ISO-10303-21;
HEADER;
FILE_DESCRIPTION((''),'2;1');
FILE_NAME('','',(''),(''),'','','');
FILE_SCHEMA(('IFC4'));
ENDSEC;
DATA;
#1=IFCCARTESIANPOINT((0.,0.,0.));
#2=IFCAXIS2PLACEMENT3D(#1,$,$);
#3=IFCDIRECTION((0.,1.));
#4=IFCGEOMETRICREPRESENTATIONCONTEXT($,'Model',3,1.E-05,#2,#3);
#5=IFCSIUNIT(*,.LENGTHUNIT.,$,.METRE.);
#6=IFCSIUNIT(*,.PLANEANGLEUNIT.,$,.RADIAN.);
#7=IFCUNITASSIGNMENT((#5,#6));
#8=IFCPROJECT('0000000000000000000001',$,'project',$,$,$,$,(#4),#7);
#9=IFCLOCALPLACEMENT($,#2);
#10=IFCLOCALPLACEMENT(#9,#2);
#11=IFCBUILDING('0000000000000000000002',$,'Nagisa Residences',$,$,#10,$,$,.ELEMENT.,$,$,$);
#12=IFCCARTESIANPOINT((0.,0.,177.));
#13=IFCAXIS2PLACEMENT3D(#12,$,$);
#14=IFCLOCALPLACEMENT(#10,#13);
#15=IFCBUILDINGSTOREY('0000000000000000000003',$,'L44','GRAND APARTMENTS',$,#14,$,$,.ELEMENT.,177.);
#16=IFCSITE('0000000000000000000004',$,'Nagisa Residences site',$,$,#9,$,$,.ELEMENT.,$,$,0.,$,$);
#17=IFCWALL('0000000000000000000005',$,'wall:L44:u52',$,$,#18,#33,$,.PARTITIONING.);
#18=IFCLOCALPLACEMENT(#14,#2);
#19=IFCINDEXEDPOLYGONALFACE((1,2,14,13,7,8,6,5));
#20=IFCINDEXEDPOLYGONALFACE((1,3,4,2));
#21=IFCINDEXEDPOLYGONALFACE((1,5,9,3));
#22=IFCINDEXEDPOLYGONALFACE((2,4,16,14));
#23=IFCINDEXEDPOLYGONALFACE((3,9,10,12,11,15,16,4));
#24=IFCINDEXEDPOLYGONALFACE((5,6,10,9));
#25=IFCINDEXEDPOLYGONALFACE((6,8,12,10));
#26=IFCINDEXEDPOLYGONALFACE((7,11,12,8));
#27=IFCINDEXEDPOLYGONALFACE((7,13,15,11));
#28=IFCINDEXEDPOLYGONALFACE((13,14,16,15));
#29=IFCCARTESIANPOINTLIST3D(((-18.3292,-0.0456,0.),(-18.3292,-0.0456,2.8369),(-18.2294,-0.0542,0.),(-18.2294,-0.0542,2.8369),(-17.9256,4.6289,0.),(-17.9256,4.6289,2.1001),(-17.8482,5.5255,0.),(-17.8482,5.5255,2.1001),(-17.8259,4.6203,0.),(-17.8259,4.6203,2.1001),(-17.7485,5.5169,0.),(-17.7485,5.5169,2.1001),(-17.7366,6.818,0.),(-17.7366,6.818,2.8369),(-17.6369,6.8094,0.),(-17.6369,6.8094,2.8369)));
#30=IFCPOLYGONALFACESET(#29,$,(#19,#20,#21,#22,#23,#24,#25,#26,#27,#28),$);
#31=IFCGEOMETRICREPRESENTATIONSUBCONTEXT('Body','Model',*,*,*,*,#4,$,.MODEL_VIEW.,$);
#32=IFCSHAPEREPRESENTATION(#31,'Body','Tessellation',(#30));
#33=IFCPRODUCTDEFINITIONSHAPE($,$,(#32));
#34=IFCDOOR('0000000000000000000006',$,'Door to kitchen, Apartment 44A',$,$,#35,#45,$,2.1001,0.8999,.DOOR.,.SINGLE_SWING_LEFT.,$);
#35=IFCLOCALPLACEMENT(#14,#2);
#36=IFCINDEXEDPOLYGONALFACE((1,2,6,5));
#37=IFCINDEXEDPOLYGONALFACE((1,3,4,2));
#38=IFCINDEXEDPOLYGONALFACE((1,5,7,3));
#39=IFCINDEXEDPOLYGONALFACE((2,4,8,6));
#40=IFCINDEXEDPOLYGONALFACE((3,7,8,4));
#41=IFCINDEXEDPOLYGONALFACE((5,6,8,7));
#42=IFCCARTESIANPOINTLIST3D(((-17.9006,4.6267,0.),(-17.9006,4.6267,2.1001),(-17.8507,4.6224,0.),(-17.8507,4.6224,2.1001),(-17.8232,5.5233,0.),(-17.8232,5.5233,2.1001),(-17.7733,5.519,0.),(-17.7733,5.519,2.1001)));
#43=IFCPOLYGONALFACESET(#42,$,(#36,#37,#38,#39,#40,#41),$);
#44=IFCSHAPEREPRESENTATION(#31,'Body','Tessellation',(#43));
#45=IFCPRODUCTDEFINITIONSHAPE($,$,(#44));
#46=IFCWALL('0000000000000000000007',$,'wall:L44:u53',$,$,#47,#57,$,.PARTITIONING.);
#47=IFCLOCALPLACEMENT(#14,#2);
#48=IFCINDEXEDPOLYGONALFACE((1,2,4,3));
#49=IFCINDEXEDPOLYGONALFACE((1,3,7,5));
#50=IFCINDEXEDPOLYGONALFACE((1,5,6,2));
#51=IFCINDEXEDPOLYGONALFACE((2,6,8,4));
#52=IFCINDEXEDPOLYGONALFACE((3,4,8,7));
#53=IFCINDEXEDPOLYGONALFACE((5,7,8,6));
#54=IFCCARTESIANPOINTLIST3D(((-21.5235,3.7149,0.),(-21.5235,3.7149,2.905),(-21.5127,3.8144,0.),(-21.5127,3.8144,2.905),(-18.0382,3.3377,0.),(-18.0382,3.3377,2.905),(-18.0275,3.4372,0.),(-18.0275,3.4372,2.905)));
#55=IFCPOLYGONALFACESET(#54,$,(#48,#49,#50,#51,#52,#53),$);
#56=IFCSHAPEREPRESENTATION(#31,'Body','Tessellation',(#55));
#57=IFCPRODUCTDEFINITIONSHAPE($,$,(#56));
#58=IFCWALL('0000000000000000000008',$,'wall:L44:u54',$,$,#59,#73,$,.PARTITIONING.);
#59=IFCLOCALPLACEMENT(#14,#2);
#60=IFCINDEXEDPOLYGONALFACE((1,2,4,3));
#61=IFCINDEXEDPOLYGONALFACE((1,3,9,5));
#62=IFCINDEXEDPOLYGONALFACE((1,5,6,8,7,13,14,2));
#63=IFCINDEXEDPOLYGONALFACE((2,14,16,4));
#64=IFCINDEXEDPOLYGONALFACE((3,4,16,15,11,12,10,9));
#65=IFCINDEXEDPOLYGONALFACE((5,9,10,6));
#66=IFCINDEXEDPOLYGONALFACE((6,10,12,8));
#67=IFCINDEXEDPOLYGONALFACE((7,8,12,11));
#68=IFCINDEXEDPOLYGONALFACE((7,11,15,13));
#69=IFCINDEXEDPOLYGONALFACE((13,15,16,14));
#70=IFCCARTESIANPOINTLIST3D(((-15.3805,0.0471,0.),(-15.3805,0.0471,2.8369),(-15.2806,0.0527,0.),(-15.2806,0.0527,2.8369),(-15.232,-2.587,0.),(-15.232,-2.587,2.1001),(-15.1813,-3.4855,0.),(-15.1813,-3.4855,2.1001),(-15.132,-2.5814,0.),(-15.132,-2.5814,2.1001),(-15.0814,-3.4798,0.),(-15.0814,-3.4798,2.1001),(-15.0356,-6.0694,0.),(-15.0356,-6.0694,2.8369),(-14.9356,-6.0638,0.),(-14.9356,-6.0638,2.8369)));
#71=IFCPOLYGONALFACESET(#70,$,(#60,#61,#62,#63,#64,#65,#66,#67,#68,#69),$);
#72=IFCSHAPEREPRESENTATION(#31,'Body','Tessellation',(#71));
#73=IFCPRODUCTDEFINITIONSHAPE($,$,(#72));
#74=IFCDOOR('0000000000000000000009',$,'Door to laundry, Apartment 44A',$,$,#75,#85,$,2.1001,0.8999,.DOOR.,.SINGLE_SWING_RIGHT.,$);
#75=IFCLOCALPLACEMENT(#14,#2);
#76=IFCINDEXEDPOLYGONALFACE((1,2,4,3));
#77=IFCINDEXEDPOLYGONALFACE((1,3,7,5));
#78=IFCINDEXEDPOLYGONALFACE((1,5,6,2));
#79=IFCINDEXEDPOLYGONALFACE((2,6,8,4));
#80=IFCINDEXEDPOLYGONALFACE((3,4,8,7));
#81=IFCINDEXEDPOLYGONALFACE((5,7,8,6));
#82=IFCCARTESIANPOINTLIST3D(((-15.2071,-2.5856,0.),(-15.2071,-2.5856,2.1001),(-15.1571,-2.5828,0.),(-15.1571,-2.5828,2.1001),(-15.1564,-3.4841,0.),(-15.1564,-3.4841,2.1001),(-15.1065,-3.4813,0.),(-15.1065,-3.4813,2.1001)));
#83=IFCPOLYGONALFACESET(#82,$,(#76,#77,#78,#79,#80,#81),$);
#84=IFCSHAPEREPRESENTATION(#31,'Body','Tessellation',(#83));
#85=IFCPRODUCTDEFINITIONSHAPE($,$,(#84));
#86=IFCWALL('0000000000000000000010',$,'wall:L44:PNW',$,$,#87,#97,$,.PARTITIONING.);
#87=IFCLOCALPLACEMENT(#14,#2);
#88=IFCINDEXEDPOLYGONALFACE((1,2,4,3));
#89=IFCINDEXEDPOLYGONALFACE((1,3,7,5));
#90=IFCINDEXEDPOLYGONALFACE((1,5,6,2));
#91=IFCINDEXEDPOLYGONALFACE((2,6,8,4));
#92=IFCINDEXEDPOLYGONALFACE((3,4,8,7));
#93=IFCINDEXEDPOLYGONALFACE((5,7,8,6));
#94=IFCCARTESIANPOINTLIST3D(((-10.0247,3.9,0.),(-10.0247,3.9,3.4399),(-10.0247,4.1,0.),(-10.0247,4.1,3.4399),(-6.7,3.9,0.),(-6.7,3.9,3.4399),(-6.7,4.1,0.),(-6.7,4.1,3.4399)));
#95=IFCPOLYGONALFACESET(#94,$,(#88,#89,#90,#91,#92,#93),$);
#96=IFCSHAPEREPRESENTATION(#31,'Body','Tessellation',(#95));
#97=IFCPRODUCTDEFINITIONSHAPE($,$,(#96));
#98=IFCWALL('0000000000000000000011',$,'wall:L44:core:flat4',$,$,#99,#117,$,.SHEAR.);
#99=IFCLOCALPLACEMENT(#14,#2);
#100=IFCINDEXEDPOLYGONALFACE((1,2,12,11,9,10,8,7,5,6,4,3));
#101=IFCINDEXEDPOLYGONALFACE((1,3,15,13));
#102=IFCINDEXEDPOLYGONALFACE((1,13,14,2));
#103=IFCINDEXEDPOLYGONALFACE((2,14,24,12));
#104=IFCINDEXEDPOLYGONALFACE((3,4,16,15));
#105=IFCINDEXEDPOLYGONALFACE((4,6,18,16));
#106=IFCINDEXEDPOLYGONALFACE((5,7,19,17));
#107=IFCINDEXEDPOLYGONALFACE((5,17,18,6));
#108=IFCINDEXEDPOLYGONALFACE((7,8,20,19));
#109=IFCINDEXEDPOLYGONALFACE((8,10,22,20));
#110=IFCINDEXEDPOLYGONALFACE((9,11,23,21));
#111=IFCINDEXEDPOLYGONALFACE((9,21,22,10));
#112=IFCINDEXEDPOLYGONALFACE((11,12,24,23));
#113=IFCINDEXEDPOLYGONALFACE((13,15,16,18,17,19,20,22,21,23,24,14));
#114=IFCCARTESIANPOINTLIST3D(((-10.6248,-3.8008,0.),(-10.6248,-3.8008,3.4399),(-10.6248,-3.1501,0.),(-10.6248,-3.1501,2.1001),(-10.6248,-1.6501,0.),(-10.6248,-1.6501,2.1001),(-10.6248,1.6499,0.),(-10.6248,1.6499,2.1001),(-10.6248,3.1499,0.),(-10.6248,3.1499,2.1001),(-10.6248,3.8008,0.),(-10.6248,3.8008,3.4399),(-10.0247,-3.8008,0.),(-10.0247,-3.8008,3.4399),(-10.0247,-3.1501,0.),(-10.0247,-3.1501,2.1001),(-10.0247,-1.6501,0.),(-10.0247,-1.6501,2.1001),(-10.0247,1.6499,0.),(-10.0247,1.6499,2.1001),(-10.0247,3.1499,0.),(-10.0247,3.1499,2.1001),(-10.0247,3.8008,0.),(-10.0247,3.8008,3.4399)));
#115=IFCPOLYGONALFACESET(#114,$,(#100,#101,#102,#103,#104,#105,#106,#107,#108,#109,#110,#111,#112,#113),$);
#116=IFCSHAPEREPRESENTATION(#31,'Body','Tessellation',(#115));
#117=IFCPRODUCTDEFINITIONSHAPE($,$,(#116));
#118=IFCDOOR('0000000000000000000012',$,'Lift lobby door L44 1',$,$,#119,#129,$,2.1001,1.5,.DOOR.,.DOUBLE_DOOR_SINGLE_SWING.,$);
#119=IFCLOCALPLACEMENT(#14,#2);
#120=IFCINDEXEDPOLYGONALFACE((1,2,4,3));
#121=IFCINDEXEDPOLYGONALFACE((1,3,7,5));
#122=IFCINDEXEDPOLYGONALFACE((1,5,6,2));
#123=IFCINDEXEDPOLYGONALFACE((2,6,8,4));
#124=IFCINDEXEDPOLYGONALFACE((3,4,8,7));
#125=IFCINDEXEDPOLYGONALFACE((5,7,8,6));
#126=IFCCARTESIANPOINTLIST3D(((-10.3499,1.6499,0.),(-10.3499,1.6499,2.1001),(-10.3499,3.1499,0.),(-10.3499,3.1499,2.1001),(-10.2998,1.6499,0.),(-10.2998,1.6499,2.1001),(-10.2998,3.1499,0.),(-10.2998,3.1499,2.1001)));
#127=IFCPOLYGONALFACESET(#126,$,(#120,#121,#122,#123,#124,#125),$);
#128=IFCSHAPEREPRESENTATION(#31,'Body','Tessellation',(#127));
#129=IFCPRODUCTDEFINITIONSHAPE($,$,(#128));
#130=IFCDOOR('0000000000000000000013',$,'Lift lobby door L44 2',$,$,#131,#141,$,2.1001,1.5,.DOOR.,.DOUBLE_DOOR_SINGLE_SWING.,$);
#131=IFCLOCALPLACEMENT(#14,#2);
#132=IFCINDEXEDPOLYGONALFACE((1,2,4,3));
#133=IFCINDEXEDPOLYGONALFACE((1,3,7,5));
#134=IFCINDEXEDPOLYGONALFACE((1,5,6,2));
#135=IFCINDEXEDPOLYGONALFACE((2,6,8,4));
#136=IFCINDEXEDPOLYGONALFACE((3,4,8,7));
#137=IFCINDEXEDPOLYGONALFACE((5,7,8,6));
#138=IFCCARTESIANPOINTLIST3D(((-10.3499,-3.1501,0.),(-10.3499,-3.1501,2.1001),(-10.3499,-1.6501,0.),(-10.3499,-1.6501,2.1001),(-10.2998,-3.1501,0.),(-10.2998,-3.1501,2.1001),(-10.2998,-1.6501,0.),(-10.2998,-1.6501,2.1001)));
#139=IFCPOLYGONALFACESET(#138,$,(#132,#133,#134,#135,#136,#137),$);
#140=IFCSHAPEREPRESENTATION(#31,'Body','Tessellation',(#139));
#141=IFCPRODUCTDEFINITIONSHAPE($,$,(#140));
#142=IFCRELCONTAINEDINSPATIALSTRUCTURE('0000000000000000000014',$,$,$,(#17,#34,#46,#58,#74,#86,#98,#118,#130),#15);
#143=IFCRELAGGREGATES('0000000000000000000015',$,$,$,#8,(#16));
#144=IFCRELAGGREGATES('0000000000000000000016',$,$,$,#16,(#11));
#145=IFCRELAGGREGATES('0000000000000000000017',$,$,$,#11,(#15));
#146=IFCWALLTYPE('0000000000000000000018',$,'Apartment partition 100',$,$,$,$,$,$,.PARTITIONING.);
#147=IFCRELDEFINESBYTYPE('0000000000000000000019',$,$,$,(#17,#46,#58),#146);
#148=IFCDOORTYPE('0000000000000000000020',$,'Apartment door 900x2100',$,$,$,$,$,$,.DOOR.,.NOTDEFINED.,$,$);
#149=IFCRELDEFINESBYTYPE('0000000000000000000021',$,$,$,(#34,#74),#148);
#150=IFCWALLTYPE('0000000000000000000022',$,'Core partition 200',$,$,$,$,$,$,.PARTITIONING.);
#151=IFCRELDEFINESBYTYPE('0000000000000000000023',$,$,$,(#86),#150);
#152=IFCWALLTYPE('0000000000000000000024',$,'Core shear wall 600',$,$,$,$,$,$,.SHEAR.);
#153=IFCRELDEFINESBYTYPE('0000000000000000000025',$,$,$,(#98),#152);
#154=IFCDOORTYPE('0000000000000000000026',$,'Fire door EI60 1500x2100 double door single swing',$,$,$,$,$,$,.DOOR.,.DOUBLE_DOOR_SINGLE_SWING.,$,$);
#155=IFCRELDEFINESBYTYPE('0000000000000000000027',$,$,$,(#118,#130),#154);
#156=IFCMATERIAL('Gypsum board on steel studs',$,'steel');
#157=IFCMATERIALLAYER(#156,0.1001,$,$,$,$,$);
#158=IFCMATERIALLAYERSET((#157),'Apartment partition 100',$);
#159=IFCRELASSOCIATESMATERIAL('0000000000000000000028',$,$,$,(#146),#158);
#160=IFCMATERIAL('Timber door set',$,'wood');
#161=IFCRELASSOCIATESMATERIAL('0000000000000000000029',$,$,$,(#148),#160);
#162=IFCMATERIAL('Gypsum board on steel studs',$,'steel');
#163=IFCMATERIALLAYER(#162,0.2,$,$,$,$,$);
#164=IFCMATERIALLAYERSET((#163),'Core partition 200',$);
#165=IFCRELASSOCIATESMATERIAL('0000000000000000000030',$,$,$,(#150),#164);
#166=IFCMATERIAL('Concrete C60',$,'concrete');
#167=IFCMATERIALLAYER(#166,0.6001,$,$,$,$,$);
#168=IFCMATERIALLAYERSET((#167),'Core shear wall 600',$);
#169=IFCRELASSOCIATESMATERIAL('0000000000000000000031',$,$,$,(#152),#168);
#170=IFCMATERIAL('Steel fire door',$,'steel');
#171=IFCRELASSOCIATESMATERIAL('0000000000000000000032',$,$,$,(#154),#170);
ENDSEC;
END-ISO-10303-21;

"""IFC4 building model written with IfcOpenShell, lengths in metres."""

from ifc_helpers import new_model, si_unit, direction, frame, frame_2d, origin, place, context, subcontext, project, spatial, rectangle, extrude, material, layer, layer_set, type_object, element, fill, save


model = new_model("IFC4")

# Units and contexts
model_context = context("Model", 3, precision=1e-05, world=origin(), true_north=direction((0.0, 1.0)))
body_context = subcontext(model_context, "Body", "Model", "MODEL_VIEW")
ifc_project = project(units=[si_unit("LENGTHUNIT", "METRE"), si_unit("PLANEANGLEUNIT", "RADIAN")], contexts=[model_context])

# Site, building, storey
site_placement = place(None, origin())
site = spatial("IfcSite", under=ifc_project, at=site_placement, Name="Nagisa Residences site", CompositionType="ELEMENT", RefElevation=0.0)
building_placement = place(site_placement, origin())
building = spatial("IfcBuilding", under=site, at=building_placement, Name="Nagisa Residences", CompositionType="ELEMENT")
storey_placement = place(building_placement, frame((0.0, 0.0, 177.0)))
storey = spatial("IfcBuildingStorey", under=building, at=storey_placement, Name="L44", Description="GRAND APARTMENTS", CompositionType="ELEMENT", Elevation=177.0)

# Shared definitions
ifc_material_1 = material(Name="Gypsum board on steel studs", Category="steel")
ifc_layer_1 = layer(ifc_material_1, 0.1001)
ifc_layer_set_1 = layer_set([ifc_layer_1], Name="Apartment partition 100")
wall_type_1 = type_object("IfcWallType", Name="Apartment partition 100", PredefinedType="PARTITIONING", material=ifc_layer_set_1)
ifc_material_2 = material(Name="Timber door set", Category="wood")
door_type_1 = type_object("IfcDoorType", Name="Apartment door 900x2100", OperationType="NOTDEFINED", PredefinedType="DOOR", material=ifc_material_2)

# Wall, opening, door
wall_1_placement = place(storey_placement, frame((-17.6868, 6.8137, 0.0), z_axis=(0.0, 0.0, 1.0), x_axis=(-0.08601, -0.996294, 0.0)))
wall_1 = element("IfcWall", 1, at=wall_1_placement, inside=storey, type_object=wall_type_1, Name="wall:L44:u52", PredefinedType="PARTITIONING", context=body_context, shape_type="SweptSolid", body=[
    extrude(rectangle(XDim=6.8892, YDim=0.1001, at=frame_2d((3.4446, 0.0))), origin(), (0.0, 0.0, 1.0), 2.8369),
])
opening_1_placement = place(wall_1_placement, frame((1.2974, 0.0, 0.0)))
opening_1 = element("IfcOpeningElement", 2, at=opening_1_placement, cuts=wall_1, PredefinedType="OPENING", context=body_context, shape_type="SweptSolid", body=[
    extrude(rectangle(XDim=0.8999, YDim=2.1001, at=frame_2d((0.45, 1.05))), frame((0.0, 0.0601, 0.0), z_axis=(0.0, -1.0, 0.0), x_axis=(1.0, 0.0, 0.0)), (0.0, 0.0, 1.0), 0.1201),
])
door_1_placement = place(opening_1_placement, frame((0.8999, 0.0, 0.0), x_axis=(-1.0, 0.0, 0.0)))
door_1 = element("IfcDoor", 3, at=door_1_placement, inside=storey, type_object=door_type_1, Name="Door to kitchen, Apartment 44A", OperationType="SINGLE_SWING_LEFT", OverallHeight=2.1001, OverallWidth=0.8999, PredefinedType="DOOR", context=body_context, shape_type="SweptSolid", body=[
    extrude(rectangle(XDim=0.8999, YDim=2.1001, at=frame_2d((0.45, 1.05))), frame((0.0, 0.0249, 0.0), z_axis=(0.0, -1.0, 0.0), x_axis=(1.0, 0.0, 0.0)), (0.0, 0.0, 1.0), 0.05),
])
fill(opening_1, door_1)

# Wall
wall_2_placement = place(storey_placement, frame((-18.0327, 3.3875, 0.0), z_axis=(0.0, 0.0, 1.0), x_axis=(-0.994195, 0.107595, 0.0)))
element("IfcWall", 4, at=wall_2_placement, inside=storey, type_object=wall_type_1, Name="wall:L44:u53", PredefinedType="PARTITIONING", context=body_context, shape_type="SweptSolid", body=[
    extrude(rectangle(XDim=3.5056, YDim=0.1001, at=frame_2d((1.7529, 0.0))), origin(), (0.0, 0.0, 1.0), 2.905),
])

# Wall, opening, door
wall_3_placement = place(storey_placement, frame((-15.3306, 0.0498, 0.0), z_axis=(0.0, 0.0, 1.0), x_axis=(0.056311, -0.998413, 0.0)))
wall_3 = element("IfcWall", 5, at=wall_3_placement, inside=storey, type_object=wall_type_1, Name="wall:L44:u54", PredefinedType="PARTITIONING", context=body_context, shape_type="SweptSolid", body=[
    extrude(rectangle(XDim=6.1262, YDim=0.1001, at=frame_2d((3.063, 0.0))), origin(), (0.0, 0.0, 1.0), 2.8369),
])
opening_2_placement = place(wall_3_placement, frame((2.6382, 0.0, 0.0)))
opening_2 = element("IfcOpeningElement", 6, at=opening_2_placement, cuts=wall_3, PredefinedType="OPENING", context=body_context, shape_type="SweptSolid", body=[
    extrude(rectangle(XDim=0.8999, YDim=2.1001, at=frame_2d((0.45, 1.05))), frame((0.0, 0.0601, 0.0), z_axis=(0.0, -1.0, 0.0), x_axis=(1.0, 0.0, 0.0)), (0.0, 0.0, 1.0), 0.1201),
])
door_2_placement = place(opening_2_placement, origin())
door_2 = element("IfcDoor", 7, at=door_2_placement, inside=storey, type_object=door_type_1, Name="Door to laundry, Apartment 44A", OperationType="SINGLE_SWING_RIGHT", OverallHeight=2.1001, OverallWidth=0.8999, PredefinedType="DOOR", context=body_context, shape_type="SweptSolid", body=[
    extrude(rectangle(XDim=0.8999, YDim=2.1001, at=frame_2d((0.45, 1.05))), frame((0.0, 0.0249, 0.0), z_axis=(0.0, -1.0, 0.0), x_axis=(1.0, 0.0, 0.0)), (0.0, 0.0, 1.0), 0.05),
])
fill(opening_2, door_2)

# Wall
ifc_material_3 = material(Name="Gypsum board on steel studs", Category="steel")
ifc_layer_2 = layer(ifc_material_3, 0.2)
ifc_layer_set_2 = layer_set([ifc_layer_2], Name="Core partition 200")
wall_type_2 = type_object("IfcWallType", Name="Core partition 200", PredefinedType="PARTITIONING", material=ifc_layer_set_2)
wall_4_placement = place(storey_placement, frame((-10.0247, 4.0, 0.0), z_axis=(0.0, 0.0, 1.0), x_axis=(1.0, 0.0, 0.0)))
element("IfcWall", 8, at=wall_4_placement, inside=storey, type_object=wall_type_2, Name="wall:L44:PNW", PredefinedType="PARTITIONING", context=body_context, shape_type="SweptSolid", body=[
    extrude(rectangle(XDim=3.3247, YDim=0.2, at=frame_2d((1.6624, 0.0))), origin(), (0.0, 0.0, 1.0), 3.4399),
])

# Wall, openings, doors
ifc_material_4 = material(Name="Concrete C60", Category="concrete")
ifc_layer_3 = layer(ifc_material_4, 0.6001)
ifc_layer_set_3 = layer_set([ifc_layer_3], Name="Core shear wall 600")
wall_type_3 = type_object("IfcWallType", Name="Core shear wall 600", PredefinedType="SHEAR", material=ifc_layer_set_3)
wall_5_placement = place(storey_placement, frame((-10.3247, 3.8008, 0.0), z_axis=(0.0, 0.0, 1.0), x_axis=(0.0, -1.0, 0.0)))
wall_5 = element("IfcWall", 9, at=wall_5_placement, inside=storey, type_object=wall_type_3, Name="wall:L44:core:flat4", PredefinedType="SHEAR", context=body_context, shape_type="SweptSolid", body=[
    extrude(rectangle(XDim=7.6016, YDim=0.6001, at=frame_2d((3.8008, 0.0))), origin(), (0.0, 0.0, 1.0), 3.4399),
])
opening_3_placement = place(wall_5_placement, frame((0.6509, 0.0, 0.0)))
opening_3 = element("IfcOpeningElement", 10, at=opening_3_placement, cuts=wall_5, PredefinedType="OPENING", context=body_context, shape_type="SweptSolid", body=[
    extrude(rectangle(XDim=1.5, YDim=2.1001, at=frame_2d((0.75, 1.05))), frame((0.0, 0.3101, 0.0), z_axis=(0.0, -1.0, 0.0), x_axis=(1.0, 0.0, 0.0)), (0.0, 0.0, 1.0), 0.6201),
])
opening_4_placement = place(wall_5_placement, frame((5.4509, 0.0, 0.0)))
opening_4 = element("IfcOpeningElement", 11, at=opening_4_placement, cuts=wall_5, PredefinedType="OPENING", context=body_context, shape_type="SweptSolid", body=[
    extrude(rectangle(XDim=1.5, YDim=2.1001, at=frame_2d((0.75, 1.05))), frame((0.0, 0.3101, 0.0), z_axis=(0.0, -1.0, 0.0), x_axis=(1.0, 0.0, 0.0)), (0.0, 0.0, 1.0), 0.6201),
])
ifc_material_5 = material(Name="Steel fire door", Category="steel")
door_type_2 = type_object("IfcDoorType", Name="Fire door EI60 1500x2100 double door single swing", OperationType="DOUBLE_DOOR_SINGLE_SWING", PredefinedType="DOOR", material=ifc_material_5)
door_3_placement = place(opening_3_placement, origin())
door_3 = element("IfcDoor", 12, at=door_3_placement, inside=storey, type_object=door_type_2, Name="Lift lobby door L44 1", OperationType="DOUBLE_DOOR_SINGLE_SWING", OverallHeight=2.1001, OverallWidth=1.5, PredefinedType="DOOR", context=body_context, shape_type="SweptSolid", body=[
    extrude(rectangle(XDim=1.5, YDim=2.1001, at=frame_2d((0.75, 1.05))), frame((0.0, 0.0249, 0.0), z_axis=(0.0, -1.0, 0.0), x_axis=(1.0, 0.0, 0.0)), (0.0, 0.0, 1.0), 0.05),
])
fill(opening_3, door_3)
door_4_placement = place(opening_4_placement, origin())
door_4 = element("IfcDoor", 13, at=door_4_placement, inside=storey, type_object=door_type_2, Name="Lift lobby door L44 2", OperationType="DOUBLE_DOOR_SINGLE_SWING", OverallHeight=2.1001, OverallWidth=1.5, PredefinedType="DOOR", context=body_context, shape_type="SweptSolid", body=[
    extrude(rectangle(XDim=1.5, YDim=2.1001, at=frame_2d((0.75, 1.05))), frame((0.0, 0.0249, 0.0), z_axis=(0.0, -1.0, 0.0), x_axis=(1.0, 0.0, 0.0)), (0.0, 0.0, 1.0), 0.05),
])
fill(opening_4, door_4)

save(model, "model.ifc")
